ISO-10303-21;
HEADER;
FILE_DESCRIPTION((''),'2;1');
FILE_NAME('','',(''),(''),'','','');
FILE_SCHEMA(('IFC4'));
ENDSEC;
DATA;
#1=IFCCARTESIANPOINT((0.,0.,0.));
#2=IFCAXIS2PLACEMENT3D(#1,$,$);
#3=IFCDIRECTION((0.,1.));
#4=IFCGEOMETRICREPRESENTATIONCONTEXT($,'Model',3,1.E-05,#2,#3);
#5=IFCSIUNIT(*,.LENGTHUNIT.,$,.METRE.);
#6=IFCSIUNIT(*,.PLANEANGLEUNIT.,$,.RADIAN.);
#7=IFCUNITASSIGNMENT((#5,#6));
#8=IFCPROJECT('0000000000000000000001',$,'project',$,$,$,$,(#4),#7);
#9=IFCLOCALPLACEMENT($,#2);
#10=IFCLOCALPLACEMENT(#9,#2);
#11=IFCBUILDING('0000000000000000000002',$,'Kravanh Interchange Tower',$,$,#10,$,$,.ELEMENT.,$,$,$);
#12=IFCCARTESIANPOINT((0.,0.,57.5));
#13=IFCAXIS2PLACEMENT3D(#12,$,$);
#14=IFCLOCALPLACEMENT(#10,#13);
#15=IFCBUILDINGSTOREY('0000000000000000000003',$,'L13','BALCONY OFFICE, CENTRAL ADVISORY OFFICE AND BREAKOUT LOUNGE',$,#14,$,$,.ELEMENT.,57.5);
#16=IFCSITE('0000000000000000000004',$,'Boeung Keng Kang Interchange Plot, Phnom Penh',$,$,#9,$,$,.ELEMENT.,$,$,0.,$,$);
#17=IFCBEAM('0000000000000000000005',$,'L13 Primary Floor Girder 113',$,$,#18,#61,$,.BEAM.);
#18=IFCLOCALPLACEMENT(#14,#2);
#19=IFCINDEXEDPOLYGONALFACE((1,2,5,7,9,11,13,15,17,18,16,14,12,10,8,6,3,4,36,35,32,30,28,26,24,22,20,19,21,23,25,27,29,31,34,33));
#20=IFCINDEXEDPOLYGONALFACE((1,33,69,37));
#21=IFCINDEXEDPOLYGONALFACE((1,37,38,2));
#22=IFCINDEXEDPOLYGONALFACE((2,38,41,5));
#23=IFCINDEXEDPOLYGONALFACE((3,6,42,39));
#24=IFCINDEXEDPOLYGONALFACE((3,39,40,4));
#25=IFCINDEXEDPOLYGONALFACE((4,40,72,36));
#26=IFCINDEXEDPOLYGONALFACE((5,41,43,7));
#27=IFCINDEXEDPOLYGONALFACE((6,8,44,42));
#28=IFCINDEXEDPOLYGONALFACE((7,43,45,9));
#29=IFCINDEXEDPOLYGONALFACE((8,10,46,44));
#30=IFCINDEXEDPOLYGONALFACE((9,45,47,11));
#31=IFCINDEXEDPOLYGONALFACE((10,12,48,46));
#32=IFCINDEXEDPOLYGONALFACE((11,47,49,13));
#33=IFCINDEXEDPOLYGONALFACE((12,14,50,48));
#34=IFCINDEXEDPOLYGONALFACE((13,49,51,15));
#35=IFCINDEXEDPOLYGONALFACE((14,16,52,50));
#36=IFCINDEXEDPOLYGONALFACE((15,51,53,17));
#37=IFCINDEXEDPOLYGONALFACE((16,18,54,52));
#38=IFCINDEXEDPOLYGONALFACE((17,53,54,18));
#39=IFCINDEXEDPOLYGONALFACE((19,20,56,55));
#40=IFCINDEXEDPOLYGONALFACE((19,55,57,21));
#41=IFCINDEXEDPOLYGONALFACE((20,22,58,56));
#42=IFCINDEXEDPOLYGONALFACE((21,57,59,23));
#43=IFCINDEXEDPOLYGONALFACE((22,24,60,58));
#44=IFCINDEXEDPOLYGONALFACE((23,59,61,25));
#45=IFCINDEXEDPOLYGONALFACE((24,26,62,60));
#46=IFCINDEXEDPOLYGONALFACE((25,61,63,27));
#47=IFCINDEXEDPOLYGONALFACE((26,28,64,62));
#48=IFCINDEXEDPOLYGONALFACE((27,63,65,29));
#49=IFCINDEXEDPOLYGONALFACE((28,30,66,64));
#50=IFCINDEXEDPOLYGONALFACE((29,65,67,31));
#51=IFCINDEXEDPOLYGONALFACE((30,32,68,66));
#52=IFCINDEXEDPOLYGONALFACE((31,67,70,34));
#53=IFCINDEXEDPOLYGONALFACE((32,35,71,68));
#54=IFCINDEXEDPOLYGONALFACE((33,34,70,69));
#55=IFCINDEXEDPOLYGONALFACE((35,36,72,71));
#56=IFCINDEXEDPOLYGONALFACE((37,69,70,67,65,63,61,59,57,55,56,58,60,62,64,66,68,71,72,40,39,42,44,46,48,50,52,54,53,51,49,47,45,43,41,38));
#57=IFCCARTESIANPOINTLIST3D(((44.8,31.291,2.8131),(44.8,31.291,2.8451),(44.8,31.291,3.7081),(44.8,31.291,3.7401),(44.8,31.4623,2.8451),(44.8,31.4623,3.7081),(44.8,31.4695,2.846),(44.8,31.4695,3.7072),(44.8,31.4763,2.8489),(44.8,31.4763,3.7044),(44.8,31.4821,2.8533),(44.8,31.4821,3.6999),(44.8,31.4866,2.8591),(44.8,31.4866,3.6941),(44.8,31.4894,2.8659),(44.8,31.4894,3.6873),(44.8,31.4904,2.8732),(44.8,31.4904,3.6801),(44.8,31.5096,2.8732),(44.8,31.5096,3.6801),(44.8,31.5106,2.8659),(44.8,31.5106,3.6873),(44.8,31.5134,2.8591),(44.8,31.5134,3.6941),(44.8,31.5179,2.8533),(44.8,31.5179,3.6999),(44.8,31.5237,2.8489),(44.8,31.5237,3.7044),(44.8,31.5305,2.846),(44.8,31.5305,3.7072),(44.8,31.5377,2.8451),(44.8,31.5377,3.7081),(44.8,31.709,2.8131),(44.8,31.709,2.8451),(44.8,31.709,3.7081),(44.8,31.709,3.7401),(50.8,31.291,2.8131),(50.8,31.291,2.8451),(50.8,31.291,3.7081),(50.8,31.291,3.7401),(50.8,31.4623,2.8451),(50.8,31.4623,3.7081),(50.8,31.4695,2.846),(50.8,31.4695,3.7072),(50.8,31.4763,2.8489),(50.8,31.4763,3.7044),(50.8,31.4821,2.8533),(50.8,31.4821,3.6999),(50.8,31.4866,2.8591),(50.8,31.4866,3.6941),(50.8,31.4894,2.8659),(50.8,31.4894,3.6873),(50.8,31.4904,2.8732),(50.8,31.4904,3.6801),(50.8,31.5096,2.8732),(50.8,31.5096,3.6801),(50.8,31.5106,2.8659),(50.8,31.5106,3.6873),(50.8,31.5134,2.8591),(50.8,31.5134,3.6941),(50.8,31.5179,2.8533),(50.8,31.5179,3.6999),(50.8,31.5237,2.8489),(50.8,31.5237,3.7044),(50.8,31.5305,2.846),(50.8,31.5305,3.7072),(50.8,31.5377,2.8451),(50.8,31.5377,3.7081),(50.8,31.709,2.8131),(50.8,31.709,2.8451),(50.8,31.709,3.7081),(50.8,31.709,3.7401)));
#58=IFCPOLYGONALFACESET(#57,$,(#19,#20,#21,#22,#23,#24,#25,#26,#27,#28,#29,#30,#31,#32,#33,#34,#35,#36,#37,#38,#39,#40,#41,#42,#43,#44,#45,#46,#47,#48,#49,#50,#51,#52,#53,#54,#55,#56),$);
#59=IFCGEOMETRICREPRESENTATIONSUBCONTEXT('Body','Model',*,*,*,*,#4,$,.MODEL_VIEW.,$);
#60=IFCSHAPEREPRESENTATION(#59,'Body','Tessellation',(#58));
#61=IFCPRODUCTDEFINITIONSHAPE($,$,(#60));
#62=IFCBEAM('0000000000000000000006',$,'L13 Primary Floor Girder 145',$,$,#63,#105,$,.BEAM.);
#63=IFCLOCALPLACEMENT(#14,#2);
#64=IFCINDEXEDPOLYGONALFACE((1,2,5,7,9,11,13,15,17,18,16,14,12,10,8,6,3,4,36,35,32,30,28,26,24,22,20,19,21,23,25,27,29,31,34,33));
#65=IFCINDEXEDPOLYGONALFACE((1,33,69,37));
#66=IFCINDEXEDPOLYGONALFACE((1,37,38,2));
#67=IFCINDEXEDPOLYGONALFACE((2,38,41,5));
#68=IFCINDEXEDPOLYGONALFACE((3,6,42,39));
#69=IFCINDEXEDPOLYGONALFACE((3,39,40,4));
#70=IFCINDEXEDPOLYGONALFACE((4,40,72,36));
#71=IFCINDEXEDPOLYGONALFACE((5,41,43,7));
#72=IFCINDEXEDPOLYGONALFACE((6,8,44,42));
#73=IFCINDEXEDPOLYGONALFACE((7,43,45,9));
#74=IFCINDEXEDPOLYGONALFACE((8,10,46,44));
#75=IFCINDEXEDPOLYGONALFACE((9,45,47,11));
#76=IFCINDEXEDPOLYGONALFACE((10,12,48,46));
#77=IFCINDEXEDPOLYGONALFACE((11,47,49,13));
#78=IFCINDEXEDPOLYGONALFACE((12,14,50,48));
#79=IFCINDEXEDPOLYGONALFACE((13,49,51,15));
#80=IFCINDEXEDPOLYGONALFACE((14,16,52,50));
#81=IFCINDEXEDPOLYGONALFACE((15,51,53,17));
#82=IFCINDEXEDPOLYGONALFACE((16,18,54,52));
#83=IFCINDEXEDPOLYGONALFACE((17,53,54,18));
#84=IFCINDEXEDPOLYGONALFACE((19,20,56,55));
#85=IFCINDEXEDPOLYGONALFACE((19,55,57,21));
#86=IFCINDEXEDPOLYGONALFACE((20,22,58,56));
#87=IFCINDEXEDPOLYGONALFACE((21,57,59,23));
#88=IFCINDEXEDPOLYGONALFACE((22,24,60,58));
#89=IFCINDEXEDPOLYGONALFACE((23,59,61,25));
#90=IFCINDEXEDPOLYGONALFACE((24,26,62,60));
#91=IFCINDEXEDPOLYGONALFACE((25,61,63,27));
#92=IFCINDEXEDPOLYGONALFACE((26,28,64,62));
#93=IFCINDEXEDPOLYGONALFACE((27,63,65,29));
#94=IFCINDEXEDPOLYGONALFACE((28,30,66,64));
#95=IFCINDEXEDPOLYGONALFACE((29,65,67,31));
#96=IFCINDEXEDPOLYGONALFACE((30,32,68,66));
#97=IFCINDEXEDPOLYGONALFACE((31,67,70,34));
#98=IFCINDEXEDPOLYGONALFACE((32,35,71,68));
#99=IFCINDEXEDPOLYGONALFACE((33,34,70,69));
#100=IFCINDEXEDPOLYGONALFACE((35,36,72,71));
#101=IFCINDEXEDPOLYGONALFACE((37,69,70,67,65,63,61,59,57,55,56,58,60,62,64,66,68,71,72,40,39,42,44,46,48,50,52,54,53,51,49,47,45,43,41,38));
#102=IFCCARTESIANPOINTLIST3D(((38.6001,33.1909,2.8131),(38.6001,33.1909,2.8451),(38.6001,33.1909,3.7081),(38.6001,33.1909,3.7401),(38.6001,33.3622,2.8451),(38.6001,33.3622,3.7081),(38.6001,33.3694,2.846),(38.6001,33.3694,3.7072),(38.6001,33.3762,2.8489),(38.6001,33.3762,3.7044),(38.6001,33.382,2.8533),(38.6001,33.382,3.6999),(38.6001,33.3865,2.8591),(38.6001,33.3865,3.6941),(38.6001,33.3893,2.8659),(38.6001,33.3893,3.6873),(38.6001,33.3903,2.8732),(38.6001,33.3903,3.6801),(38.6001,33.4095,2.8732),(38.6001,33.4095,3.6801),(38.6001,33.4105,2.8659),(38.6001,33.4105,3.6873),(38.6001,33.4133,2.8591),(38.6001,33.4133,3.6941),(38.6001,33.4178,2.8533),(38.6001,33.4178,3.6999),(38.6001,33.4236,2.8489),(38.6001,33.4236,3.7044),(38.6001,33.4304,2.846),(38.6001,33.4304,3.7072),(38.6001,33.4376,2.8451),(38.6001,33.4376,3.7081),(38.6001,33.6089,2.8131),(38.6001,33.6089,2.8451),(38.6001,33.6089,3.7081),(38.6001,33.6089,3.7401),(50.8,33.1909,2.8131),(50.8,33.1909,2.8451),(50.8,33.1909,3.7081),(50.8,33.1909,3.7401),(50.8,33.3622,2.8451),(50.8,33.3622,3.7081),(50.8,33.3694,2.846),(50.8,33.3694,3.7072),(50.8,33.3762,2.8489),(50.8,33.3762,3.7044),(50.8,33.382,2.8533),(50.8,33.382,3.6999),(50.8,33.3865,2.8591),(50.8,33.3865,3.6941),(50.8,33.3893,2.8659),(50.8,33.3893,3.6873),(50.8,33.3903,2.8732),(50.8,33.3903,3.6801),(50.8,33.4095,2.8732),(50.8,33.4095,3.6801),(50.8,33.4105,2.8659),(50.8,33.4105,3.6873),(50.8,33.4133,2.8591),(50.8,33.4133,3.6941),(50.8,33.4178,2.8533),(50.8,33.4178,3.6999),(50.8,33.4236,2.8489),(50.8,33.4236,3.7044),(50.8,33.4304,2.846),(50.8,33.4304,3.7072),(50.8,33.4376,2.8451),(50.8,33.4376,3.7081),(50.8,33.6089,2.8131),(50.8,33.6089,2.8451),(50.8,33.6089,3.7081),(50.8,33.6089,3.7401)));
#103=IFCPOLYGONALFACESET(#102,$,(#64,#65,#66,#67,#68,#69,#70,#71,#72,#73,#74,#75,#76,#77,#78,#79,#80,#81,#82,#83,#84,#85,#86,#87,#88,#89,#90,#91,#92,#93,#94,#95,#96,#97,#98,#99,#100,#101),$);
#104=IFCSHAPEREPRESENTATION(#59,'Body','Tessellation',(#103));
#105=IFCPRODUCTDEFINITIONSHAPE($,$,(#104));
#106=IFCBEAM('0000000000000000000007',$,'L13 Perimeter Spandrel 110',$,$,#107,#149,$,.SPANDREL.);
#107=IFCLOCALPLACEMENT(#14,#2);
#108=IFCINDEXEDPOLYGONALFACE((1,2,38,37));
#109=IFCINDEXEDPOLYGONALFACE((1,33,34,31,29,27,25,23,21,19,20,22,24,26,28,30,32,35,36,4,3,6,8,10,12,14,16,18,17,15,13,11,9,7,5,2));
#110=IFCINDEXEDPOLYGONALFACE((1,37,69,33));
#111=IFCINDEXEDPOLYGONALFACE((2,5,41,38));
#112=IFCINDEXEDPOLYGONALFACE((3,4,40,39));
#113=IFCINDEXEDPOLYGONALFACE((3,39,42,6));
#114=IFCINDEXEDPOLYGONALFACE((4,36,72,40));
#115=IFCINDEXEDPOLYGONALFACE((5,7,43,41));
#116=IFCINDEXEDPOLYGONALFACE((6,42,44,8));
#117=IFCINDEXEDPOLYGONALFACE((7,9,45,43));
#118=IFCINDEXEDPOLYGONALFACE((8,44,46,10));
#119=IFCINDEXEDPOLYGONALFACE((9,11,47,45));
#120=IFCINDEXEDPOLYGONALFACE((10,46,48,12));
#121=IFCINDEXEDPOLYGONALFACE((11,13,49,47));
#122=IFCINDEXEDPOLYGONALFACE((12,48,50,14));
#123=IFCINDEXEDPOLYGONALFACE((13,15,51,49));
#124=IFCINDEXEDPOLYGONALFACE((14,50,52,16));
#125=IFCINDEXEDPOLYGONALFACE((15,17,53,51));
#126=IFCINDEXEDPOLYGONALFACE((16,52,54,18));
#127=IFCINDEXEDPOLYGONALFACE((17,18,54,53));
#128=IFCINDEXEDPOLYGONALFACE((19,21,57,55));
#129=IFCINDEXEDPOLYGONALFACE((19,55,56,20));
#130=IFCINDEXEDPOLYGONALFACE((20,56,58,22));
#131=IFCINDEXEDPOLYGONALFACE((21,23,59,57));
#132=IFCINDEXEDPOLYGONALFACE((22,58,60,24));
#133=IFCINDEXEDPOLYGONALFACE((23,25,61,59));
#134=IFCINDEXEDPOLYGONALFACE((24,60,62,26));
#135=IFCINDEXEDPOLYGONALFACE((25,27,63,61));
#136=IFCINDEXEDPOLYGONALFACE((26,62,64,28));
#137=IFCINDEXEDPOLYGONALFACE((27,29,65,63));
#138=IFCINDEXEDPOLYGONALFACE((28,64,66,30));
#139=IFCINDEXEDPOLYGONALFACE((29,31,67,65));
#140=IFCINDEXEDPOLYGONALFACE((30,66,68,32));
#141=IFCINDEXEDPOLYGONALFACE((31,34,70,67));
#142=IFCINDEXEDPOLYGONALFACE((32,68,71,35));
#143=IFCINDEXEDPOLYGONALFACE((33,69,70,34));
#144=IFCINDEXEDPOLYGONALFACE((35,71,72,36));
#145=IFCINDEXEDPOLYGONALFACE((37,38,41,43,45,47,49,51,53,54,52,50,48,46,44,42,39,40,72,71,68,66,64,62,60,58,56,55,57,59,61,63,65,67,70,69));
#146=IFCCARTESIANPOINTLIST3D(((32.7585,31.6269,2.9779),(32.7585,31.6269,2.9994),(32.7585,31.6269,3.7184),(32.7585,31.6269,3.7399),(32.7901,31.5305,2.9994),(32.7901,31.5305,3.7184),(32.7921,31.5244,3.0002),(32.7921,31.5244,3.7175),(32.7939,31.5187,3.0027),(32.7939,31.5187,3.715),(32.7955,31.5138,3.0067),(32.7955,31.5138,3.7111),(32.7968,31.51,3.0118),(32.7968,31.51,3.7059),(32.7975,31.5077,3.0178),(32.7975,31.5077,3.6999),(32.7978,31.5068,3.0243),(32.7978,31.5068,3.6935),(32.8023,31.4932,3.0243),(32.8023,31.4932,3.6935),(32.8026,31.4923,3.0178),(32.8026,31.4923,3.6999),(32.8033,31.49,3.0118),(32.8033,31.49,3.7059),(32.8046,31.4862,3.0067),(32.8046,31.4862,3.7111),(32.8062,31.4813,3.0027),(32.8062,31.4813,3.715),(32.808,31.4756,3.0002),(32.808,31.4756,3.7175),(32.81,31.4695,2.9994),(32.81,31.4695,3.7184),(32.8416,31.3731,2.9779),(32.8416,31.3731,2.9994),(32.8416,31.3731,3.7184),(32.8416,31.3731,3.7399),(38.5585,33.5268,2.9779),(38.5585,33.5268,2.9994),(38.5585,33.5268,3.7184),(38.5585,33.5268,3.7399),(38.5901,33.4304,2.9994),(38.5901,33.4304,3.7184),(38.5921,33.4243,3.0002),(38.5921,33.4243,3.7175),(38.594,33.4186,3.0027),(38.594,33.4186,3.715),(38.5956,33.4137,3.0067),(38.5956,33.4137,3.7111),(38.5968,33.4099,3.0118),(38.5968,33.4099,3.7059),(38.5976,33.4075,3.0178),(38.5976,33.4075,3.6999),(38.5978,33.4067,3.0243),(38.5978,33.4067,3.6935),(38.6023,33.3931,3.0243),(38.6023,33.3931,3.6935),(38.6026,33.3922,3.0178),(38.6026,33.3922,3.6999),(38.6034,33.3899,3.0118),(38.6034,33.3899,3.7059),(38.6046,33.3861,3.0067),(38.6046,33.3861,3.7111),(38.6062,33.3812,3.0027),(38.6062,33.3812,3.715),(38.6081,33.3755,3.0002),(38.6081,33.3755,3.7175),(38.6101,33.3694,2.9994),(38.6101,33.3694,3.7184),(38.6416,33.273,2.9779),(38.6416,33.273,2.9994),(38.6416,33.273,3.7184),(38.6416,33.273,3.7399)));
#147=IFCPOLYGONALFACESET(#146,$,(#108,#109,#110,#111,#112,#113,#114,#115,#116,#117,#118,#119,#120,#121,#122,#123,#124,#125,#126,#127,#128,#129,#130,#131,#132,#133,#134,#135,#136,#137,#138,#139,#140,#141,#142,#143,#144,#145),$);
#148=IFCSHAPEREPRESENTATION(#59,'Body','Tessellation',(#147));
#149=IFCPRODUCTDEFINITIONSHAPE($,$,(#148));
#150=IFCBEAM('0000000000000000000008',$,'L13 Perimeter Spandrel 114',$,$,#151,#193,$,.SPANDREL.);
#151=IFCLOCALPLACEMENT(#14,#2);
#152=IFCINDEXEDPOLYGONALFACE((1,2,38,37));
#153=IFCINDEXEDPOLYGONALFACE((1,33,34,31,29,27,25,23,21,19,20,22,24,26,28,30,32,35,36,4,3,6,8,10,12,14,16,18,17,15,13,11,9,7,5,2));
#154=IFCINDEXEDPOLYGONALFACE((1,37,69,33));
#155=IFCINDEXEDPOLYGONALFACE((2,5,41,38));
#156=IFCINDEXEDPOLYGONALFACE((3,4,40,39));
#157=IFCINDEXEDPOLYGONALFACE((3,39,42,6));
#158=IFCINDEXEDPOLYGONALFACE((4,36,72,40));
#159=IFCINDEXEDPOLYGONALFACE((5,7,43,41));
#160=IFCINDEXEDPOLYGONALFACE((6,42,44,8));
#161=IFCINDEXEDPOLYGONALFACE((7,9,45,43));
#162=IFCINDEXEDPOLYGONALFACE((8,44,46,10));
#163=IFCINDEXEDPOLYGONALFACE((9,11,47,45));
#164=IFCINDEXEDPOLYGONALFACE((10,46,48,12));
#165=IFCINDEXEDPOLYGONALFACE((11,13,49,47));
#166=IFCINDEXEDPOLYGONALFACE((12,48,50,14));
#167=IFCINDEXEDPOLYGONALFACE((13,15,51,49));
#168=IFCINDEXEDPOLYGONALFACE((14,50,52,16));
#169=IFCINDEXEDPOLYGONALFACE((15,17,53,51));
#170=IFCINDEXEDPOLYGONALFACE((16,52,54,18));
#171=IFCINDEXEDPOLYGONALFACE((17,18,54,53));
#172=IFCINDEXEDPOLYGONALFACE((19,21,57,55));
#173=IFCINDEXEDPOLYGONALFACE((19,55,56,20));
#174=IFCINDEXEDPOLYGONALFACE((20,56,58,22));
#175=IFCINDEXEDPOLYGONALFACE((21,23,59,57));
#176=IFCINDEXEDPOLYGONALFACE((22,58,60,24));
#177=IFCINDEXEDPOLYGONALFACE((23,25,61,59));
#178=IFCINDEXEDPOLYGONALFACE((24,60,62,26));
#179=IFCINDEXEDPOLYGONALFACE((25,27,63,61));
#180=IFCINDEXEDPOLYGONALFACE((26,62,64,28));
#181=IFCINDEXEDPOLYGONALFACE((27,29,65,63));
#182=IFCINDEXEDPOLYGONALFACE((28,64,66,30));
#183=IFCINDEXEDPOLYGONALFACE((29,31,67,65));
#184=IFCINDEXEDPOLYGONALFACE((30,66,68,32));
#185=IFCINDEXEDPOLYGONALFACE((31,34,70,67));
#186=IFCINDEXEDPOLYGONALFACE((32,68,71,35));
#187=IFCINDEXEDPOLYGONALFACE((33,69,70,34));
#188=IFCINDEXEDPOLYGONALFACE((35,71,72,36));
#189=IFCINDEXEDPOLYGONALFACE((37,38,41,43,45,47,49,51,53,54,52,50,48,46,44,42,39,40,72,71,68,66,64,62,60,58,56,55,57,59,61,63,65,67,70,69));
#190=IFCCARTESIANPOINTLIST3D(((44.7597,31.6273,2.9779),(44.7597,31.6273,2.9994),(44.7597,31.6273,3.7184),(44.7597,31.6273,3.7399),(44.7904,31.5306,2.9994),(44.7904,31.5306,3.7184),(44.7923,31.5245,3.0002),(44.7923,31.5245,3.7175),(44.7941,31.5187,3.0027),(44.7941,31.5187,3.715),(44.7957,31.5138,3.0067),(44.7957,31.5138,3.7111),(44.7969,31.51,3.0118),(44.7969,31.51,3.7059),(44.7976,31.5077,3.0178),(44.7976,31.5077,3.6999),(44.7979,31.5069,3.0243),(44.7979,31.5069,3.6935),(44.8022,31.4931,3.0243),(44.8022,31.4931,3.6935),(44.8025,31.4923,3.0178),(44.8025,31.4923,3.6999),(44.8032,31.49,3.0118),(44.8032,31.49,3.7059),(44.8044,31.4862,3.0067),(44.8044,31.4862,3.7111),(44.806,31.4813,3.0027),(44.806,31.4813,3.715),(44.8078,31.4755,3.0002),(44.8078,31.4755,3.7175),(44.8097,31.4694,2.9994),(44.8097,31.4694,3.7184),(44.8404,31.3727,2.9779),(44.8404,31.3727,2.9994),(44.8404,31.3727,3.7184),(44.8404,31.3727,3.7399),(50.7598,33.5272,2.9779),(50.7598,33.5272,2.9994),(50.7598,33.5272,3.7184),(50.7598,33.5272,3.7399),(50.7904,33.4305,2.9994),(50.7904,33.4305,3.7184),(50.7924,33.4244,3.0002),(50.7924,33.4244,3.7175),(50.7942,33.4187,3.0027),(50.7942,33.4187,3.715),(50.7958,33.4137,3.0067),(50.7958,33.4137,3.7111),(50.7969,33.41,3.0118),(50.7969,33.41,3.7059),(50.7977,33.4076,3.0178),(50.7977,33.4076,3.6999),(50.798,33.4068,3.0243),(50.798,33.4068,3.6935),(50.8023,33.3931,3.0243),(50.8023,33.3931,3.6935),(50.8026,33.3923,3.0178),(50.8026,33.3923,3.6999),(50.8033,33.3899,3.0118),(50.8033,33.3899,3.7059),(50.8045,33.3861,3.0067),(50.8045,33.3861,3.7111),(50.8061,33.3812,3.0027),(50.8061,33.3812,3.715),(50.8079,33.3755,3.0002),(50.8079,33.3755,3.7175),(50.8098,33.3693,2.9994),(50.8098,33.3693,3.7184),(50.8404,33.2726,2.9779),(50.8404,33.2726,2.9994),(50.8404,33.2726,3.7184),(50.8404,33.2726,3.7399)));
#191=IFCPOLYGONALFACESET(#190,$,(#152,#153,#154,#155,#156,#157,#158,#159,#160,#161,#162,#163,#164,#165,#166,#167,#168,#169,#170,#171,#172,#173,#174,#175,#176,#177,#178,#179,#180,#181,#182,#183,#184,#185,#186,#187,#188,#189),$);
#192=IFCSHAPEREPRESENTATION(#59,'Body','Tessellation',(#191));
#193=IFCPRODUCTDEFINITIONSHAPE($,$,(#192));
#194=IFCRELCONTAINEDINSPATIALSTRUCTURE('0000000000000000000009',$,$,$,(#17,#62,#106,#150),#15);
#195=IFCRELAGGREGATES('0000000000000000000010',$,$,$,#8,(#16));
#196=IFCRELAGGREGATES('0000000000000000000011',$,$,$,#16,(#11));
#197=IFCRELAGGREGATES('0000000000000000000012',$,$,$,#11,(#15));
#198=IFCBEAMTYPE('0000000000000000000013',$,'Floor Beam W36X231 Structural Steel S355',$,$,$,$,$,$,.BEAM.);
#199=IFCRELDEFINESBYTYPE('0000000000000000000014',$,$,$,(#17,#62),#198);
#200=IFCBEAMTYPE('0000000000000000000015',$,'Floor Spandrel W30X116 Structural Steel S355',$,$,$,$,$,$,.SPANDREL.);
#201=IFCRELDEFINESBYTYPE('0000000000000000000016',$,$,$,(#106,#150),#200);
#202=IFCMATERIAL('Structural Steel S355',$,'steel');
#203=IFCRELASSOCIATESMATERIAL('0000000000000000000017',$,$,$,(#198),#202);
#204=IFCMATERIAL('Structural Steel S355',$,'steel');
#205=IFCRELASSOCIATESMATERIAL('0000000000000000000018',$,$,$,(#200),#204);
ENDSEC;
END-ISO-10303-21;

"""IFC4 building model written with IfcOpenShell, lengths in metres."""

from ifc_helpers import new_model, si_unit, direction, frame, origin, origin_2d, place, context, subcontext, project, spatial, i_section, extrude, material, material_profile, profile_set, type_object, element, save


model = new_model("IFC4")

# Units and contexts
model_context = context("Model", 3, precision=1e-05, world=origin(), true_north=direction((0.0, 1.0)))
body_context = subcontext(model_context, "Body", "Model", "MODEL_VIEW")
ifc_project = project(units=[si_unit("LENGTHUNIT", "METRE"), si_unit("PLANEANGLEUNIT", "RADIAN")], contexts=[model_context])

# Site, building, storey
site_placement = place(None, origin())
site = spatial("IfcSite", under=ifc_project, at=site_placement, Name="Boeung Keng Kang Interchange Plot, Phnom Penh", CompositionType="ELEMENT", RefElevation=0.0)
building_placement = place(site_placement, origin())
building = spatial("IfcBuilding", under=site, at=building_placement, Name="Kravanh Interchange Tower", CompositionType="ELEMENT")
storey_placement = place(building_placement, frame((0.0, 0.0, 57.5)))
storey = spatial("IfcBuildingStorey", under=building, at=storey_placement, Name="L13", Description="BALCONY OFFICE, CENTRAL ADVISORY OFFICE AND BREAKOUT LOUNGE", CompositionType="ELEMENT", Elevation=57.5)

# Beams
ifc_material_1 = material(Name="Structural Steel S355", Category="steel")
ifc_material_profile_1 = material_profile(ifc_material_1, i_section(OverallWidth=0.418, OverallDepth=0.927, WebThickness=0.0193, FlangeThickness=0.032, FilletRadius=0.0281, at=origin_2d()), Name="W36X231")
ifc_profile_set_1 = profile_set([ifc_material_profile_1], Name="Structural Steel S355")
beam_type_1 = type_object("IfcBeamType", Name="Floor Beam W36X231 Structural Steel S355", PredefinedType="BEAM", material=ifc_profile_set_1)
beam_1_placement = place(storey_placement, frame((44.8, 31.5, 3.2766), z_axis=(1.0, 0.0, 0.0), x_axis=(0.0, 1.0, 0.0)))
element("IfcBeam", 1, at=beam_1_placement, inside=storey, type_object=beam_type_1, Name="L13 Primary Floor Girder 113", PredefinedType="BEAM", context=body_context, shape_type="SweptSolid", body=[
    extrude(i_section(OverallWidth=0.418, OverallDepth=0.927, WebThickness=0.0193, FlangeThickness=0.032, FilletRadius=0.0281, at=origin_2d()), origin(), (0.0, 0.0, 1.0), 6.0),
])
beam_2_placement = place(storey_placement, frame((38.6001, 33.3999, 3.2766), z_axis=(1.0, 0.0, 0.0), x_axis=(0.0, 1.0, 0.0)))
element("IfcBeam", 2, at=beam_2_placement, inside=storey, type_object=beam_type_1, Name="L13 Primary Floor Girder 145", PredefinedType="BEAM", context=body_context, shape_type="SweptSolid", body=[
    extrude(i_section(OverallWidth=0.418, OverallDepth=0.927, WebThickness=0.0193, FlangeThickness=0.032, FilletRadius=0.0281, at=origin_2d()), origin(), (0.0, 0.0, 1.0), 12.2),
])
ifc_material_2 = material(Name="Structural Steel S355", Category="steel")
ifc_material_profile_2 = material_profile(ifc_material_2, i_section(OverallWidth=0.2671, OverallDepth=0.762, WebThickness=0.0144, FlangeThickness=0.0215, FilletRadius=0.0249, at=origin_2d()), Name="W30X116")
ifc_profile_set_2 = profile_set([ifc_material_profile_2], Name="Structural Steel S355")
beam_type_2 = type_object("IfcBeamType", Name="Floor Spandrel W30X116 Structural Steel S355", PredefinedType="SPANDREL", material=ifc_profile_set_2)
beam_3_placement = place(storey_placement, frame((32.8, 31.5, 3.3589), z_axis=(0.950315, 0.311291, 0.0), x_axis=(-0.311291, 0.950315, 0.0)))
element("IfcBeam", 3, at=beam_3_placement, inside=storey, type_object=beam_type_2, Name="L13 Perimeter Spandrel 110", PredefinedType="SPANDREL", context=body_context, shape_type="SweptSolid", body=[
    extrude(i_section(OverallWidth=0.2671, OverallDepth=0.762, WebThickness=0.0144, FlangeThickness=0.0215, FilletRadius=0.0249, at=origin_2d()), origin(), (0.0, 0.0, 1.0), 6.1033),
])
beam_4_placement = place(storey_placement, frame((44.8, 31.5, 3.3589), z_axis=(0.953347, 0.301878, 0.0), x_axis=(-0.301878, 0.953347, 0.0)))
element("IfcBeam", 4, at=beam_4_placement, inside=storey, type_object=beam_type_2, Name="L13 Perimeter Spandrel 114", PredefinedType="SPANDREL", context=body_context, shape_type="SweptSolid", body=[
    extrude(i_section(OverallWidth=0.2671, OverallDepth=0.762, WebThickness=0.0144, FlangeThickness=0.0215, FilletRadius=0.0249, at=origin_2d()), origin(), (0.0, 0.0, 1.0), 6.2937),
])

save(model, "model.ifc")
